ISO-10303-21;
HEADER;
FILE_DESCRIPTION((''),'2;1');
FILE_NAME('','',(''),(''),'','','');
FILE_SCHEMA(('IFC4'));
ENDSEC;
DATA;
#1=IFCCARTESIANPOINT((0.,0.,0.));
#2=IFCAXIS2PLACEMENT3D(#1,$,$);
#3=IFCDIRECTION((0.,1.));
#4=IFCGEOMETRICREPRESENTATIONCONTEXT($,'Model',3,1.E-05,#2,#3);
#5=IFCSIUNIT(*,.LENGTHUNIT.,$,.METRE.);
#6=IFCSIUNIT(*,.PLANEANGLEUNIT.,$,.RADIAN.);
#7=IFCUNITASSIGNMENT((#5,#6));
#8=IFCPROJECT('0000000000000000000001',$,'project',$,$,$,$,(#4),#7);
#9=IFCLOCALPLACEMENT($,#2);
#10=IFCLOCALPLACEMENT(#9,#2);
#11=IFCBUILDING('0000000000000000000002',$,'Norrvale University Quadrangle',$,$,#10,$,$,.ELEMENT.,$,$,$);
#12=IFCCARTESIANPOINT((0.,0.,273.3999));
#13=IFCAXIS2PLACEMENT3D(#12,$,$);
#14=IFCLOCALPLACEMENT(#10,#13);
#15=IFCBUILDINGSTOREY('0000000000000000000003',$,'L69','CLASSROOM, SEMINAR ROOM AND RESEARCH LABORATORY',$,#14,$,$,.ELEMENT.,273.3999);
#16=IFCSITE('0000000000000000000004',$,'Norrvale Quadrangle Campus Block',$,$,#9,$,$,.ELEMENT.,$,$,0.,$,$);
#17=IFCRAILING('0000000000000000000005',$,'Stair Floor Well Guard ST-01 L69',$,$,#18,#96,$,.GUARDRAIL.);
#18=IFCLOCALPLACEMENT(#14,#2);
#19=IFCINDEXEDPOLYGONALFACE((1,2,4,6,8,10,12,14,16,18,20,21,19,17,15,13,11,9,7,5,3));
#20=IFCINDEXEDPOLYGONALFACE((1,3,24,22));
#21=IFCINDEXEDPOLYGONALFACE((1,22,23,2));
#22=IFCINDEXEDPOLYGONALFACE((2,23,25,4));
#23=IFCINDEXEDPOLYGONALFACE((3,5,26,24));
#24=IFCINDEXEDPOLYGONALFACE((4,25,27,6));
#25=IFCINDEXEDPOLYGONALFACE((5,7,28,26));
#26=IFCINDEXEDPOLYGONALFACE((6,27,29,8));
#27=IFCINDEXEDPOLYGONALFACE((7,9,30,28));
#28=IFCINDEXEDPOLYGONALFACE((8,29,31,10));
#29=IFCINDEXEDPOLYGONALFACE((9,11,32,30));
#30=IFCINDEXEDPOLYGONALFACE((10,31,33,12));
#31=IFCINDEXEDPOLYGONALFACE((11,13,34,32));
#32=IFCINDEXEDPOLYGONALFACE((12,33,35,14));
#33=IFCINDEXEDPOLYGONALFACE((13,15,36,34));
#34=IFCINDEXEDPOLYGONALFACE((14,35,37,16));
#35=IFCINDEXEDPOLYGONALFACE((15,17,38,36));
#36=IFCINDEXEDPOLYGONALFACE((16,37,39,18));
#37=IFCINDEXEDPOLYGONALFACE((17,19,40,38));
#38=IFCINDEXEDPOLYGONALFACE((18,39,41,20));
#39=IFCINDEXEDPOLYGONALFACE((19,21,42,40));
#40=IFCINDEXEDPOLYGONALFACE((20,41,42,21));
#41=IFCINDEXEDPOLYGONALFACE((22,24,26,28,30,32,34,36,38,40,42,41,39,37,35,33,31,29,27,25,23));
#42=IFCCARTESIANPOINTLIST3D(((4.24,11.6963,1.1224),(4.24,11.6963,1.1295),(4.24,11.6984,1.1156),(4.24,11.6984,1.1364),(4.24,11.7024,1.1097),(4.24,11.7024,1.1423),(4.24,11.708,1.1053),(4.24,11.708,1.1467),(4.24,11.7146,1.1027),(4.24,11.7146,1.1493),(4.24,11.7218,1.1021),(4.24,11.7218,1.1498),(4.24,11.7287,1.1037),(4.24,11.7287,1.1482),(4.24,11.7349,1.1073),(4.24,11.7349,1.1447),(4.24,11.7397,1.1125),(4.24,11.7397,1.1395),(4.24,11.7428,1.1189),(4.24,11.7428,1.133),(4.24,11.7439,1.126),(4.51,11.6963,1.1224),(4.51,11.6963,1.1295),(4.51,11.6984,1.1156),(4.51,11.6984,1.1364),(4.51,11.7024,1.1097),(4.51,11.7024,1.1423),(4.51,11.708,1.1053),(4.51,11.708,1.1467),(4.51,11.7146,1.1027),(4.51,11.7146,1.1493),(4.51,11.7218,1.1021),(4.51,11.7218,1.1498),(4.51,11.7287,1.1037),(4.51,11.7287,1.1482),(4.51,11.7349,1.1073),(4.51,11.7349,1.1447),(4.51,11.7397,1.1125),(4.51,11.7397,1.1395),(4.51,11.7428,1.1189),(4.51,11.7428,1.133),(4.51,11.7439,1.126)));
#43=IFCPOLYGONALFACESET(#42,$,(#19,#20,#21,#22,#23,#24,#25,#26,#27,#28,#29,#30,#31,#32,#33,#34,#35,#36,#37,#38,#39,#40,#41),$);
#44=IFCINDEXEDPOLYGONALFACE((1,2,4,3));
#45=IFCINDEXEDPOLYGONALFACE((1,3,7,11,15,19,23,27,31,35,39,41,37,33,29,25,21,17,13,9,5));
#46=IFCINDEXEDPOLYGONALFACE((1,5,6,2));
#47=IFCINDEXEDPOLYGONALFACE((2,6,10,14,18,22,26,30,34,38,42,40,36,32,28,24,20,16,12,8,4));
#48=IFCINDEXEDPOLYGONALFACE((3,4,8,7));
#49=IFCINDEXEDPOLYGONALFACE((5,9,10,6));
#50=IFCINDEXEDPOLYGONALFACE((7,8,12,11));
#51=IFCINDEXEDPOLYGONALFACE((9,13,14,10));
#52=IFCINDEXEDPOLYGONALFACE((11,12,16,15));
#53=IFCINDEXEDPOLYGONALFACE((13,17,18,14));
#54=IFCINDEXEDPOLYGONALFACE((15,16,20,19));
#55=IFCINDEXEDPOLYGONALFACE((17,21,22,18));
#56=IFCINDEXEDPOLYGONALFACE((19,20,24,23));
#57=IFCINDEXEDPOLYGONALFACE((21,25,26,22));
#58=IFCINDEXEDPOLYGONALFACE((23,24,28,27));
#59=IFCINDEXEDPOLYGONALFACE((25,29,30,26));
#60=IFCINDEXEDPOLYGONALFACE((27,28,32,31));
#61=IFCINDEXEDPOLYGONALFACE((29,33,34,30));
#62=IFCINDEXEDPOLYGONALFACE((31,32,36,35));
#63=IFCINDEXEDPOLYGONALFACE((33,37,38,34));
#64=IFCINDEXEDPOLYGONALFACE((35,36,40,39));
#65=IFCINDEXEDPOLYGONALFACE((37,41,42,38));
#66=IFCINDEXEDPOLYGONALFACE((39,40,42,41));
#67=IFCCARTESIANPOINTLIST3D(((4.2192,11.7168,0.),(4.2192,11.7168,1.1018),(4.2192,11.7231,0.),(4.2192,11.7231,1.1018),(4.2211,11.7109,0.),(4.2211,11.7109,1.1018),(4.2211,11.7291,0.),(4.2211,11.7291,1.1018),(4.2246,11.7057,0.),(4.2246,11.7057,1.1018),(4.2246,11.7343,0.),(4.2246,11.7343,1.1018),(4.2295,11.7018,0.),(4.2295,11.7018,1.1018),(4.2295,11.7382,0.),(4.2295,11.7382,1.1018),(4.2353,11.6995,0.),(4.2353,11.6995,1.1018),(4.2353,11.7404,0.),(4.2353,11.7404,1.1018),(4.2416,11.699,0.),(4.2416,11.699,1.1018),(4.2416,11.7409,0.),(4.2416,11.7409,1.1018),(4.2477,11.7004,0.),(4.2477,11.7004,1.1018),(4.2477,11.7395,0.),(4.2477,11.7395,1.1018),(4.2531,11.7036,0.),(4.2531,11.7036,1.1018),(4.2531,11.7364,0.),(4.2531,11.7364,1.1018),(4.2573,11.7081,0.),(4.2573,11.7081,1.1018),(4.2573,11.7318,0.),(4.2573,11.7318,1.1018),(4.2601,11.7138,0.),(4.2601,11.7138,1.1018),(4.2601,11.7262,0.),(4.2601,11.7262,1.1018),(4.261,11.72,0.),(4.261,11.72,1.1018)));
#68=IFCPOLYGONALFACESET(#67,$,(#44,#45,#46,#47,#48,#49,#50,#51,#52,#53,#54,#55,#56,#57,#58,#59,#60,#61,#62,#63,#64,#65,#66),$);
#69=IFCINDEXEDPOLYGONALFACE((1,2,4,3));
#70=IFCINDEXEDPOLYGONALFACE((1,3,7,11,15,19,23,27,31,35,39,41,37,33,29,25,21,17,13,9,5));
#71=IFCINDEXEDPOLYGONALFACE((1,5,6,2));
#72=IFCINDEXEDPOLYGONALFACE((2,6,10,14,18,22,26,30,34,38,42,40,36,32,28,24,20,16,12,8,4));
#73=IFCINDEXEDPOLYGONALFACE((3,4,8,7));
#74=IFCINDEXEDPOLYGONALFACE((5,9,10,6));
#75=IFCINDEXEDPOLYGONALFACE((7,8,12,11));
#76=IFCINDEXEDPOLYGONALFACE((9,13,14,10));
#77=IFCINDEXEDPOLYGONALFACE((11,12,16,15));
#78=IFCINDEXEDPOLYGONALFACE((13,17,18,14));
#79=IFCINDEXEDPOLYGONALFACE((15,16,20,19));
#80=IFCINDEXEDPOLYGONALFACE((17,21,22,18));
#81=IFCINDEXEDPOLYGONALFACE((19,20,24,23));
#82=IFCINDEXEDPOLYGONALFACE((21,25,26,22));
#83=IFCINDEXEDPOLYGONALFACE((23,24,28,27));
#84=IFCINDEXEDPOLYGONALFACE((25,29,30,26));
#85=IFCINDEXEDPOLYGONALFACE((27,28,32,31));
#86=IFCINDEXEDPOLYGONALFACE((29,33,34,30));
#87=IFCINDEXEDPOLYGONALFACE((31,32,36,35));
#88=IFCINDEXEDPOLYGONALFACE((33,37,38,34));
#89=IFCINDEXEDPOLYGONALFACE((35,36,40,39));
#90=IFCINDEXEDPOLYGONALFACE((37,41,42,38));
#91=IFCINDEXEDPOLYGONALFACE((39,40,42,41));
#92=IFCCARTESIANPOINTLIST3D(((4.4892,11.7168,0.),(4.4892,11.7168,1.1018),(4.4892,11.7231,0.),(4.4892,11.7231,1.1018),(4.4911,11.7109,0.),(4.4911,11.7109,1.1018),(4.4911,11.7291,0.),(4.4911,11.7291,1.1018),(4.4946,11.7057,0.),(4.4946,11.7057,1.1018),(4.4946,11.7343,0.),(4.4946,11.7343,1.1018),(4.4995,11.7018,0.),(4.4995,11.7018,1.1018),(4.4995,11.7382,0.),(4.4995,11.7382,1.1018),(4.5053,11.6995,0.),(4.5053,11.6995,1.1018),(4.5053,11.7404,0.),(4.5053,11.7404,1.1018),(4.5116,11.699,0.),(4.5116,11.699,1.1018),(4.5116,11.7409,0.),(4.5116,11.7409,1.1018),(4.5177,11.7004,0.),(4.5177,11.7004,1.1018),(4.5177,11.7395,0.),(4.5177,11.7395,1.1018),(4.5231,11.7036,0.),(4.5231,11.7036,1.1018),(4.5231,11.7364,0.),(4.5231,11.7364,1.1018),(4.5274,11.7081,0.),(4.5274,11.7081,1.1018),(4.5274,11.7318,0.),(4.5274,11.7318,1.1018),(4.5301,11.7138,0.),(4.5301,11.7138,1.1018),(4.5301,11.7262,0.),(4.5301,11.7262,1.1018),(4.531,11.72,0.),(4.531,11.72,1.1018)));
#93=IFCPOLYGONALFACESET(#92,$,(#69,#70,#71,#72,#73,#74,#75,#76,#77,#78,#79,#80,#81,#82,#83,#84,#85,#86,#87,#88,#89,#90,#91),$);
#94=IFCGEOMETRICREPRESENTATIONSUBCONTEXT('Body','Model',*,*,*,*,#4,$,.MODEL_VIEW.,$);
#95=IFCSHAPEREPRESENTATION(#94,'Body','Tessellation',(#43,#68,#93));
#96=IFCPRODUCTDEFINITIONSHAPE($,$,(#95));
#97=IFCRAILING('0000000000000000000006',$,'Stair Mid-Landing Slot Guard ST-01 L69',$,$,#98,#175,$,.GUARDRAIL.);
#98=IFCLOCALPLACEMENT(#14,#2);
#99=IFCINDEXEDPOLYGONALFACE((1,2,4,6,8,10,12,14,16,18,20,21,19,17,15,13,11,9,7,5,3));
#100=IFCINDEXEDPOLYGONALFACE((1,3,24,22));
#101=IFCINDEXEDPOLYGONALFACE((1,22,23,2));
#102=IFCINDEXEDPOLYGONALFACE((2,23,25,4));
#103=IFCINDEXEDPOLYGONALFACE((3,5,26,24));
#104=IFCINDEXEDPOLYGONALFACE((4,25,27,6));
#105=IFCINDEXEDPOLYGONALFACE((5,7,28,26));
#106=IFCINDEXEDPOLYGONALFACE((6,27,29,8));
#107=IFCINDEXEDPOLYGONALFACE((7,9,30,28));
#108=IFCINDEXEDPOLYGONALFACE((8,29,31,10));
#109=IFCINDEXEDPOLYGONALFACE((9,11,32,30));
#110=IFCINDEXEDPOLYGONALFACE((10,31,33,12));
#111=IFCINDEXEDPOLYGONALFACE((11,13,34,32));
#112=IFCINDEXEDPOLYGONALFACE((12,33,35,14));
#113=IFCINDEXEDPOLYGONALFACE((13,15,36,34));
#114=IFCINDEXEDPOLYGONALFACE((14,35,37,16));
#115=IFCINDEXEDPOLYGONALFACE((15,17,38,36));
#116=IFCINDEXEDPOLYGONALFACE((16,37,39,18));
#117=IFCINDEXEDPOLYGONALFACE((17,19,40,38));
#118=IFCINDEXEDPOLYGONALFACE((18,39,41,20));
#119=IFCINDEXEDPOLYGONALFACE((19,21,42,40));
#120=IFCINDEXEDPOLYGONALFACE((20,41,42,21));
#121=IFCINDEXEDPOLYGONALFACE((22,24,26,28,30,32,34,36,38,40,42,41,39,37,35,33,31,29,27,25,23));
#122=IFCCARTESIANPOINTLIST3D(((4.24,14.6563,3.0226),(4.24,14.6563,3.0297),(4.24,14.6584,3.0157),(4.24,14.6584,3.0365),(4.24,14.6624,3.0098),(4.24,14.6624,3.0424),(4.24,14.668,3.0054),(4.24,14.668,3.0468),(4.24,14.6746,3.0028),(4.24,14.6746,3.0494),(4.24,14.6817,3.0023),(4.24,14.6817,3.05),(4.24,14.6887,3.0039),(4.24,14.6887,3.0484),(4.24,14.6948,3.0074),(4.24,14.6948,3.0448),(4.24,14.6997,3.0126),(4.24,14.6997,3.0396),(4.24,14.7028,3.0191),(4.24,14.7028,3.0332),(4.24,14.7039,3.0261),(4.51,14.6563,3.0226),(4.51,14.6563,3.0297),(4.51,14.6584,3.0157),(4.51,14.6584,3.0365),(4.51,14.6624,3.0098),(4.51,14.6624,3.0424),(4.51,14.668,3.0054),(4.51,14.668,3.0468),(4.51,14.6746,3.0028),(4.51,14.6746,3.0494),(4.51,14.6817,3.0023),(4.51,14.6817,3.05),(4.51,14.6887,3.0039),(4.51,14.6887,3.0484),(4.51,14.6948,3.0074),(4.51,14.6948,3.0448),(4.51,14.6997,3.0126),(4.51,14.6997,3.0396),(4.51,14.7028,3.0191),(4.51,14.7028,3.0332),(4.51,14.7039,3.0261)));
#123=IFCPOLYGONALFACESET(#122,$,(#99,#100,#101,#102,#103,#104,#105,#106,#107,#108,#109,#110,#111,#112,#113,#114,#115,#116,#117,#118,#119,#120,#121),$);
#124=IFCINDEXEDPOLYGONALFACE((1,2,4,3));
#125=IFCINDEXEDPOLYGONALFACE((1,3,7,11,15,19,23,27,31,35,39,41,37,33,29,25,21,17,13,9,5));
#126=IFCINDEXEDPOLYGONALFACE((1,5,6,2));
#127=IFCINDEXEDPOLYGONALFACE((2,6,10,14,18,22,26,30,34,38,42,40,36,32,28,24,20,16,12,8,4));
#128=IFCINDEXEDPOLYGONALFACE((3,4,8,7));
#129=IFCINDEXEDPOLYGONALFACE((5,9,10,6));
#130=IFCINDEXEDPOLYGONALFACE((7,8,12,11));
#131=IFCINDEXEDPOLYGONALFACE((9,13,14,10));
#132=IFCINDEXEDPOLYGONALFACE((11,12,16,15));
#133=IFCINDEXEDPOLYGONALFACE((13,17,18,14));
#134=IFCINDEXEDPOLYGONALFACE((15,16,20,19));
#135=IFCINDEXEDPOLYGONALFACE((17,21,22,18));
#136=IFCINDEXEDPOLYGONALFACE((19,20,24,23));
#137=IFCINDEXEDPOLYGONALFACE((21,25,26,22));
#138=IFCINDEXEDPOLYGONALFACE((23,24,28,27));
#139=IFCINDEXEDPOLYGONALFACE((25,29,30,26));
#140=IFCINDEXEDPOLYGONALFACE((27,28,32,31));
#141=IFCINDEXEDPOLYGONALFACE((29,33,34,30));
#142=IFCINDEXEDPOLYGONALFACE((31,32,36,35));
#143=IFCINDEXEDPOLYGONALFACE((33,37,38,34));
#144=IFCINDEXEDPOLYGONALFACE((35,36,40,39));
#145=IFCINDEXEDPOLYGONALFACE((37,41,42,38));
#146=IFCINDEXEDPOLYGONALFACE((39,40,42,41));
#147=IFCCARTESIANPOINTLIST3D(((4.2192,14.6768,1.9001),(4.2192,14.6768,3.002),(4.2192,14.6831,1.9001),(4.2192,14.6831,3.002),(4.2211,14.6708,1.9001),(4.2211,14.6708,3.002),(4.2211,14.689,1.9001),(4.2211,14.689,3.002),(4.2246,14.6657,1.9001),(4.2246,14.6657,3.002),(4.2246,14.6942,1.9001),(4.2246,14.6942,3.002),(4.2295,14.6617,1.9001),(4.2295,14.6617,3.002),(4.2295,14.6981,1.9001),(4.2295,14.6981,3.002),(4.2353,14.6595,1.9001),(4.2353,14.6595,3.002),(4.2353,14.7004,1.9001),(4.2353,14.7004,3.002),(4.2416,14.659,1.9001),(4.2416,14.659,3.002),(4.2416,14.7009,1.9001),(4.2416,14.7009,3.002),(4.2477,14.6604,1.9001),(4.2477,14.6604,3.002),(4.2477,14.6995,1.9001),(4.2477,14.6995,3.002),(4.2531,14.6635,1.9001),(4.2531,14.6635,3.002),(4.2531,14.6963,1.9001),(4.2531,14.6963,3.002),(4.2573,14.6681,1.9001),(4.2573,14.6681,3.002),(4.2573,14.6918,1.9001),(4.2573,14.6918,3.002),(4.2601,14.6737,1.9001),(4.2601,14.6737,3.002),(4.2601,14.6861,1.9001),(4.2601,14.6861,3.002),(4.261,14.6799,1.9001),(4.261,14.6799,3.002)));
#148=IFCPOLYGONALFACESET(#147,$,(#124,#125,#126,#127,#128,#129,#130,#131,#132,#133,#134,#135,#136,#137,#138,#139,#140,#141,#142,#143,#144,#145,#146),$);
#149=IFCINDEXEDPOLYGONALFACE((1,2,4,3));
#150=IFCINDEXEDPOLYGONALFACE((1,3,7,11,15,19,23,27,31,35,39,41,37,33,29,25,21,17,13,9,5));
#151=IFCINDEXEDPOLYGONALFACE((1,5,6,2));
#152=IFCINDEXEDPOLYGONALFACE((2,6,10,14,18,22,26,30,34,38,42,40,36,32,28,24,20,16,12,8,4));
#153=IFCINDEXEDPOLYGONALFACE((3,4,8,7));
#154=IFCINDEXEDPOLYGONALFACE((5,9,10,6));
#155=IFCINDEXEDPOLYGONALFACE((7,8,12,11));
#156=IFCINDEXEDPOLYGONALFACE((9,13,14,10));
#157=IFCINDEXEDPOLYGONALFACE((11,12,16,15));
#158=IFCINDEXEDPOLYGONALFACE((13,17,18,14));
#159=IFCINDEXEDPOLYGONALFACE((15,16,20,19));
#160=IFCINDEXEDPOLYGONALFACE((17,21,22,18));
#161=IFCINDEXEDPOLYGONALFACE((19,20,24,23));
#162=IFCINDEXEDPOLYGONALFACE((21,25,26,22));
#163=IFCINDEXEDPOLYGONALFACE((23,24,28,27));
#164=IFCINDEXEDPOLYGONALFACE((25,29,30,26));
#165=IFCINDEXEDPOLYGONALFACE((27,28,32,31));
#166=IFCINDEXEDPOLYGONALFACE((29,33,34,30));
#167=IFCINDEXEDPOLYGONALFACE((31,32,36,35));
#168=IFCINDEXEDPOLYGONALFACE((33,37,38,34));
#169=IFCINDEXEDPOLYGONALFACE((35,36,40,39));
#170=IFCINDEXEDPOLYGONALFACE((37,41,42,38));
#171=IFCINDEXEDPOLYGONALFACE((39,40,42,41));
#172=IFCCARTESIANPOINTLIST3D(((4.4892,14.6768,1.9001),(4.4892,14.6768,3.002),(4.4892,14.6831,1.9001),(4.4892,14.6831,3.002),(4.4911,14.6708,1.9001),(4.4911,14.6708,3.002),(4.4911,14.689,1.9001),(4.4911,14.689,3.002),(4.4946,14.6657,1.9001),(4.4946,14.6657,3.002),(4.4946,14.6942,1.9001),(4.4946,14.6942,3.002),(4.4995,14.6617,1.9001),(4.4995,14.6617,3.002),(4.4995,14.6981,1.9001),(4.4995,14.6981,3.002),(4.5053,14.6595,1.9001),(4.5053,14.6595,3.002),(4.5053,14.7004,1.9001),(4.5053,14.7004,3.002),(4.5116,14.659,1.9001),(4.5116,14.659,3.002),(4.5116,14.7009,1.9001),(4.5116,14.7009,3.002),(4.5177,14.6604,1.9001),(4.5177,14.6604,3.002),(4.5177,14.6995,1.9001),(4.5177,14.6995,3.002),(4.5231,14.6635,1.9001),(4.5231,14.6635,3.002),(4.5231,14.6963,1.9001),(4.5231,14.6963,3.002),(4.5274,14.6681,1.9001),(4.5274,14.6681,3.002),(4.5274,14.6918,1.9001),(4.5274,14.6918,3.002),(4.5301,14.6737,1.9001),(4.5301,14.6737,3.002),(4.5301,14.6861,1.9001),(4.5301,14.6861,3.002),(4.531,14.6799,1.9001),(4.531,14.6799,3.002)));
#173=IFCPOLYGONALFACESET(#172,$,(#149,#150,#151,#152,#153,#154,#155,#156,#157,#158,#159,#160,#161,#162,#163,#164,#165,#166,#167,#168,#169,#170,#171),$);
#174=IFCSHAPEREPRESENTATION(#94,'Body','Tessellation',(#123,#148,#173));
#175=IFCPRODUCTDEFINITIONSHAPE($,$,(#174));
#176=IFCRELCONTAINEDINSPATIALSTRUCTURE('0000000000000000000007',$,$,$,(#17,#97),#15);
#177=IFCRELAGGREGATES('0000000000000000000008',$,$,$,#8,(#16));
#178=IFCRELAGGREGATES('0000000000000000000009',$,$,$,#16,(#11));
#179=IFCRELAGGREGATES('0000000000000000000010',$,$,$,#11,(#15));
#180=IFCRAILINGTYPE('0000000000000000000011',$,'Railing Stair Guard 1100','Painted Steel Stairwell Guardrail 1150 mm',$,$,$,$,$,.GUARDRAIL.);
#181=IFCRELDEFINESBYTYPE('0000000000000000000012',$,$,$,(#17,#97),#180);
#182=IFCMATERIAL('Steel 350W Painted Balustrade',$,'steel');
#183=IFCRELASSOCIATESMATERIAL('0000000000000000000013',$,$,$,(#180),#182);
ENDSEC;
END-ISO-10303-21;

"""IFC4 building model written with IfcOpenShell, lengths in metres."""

from ifc_helpers import new_model, si_unit, direction, frame, origin, origin_2d, place, context, subcontext, project, spatial, circle, extrude, material, type_object, element, save


model = new_model("IFC4")

# Units and contexts
model_context = context("Model", 3, precision=1e-05, world=origin(), true_north=direction((0.0, 1.0)))
body_context = subcontext(model_context, "Body", "Model", "MODEL_VIEW")
ifc_project = project(units=[si_unit("LENGTHUNIT", "METRE"), si_unit("PLANEANGLEUNIT", "RADIAN")], contexts=[model_context])

# Site, building, storey
site_placement = place(None, origin())
site = spatial("IfcSite", under=ifc_project, at=site_placement, Name="Norrvale Quadrangle Campus Block", CompositionType="ELEMENT", RefElevation=0.0)
building_placement = place(site_placement, origin())
building = spatial("IfcBuilding", under=site, at=building_placement, Name="Norrvale University Quadrangle", CompositionType="ELEMENT")
storey_placement = place(building_placement, frame((0.0, 0.0, 273.3999)))
storey = spatial("IfcBuildingStorey", under=building, at=storey_placement, Name="L69", Description="CLASSROOM, SEMINAR ROOM AND RESEARCH LABORATORY", CompositionType="ELEMENT", Elevation=273.3999)

# Railings
ifc_material_1 = material(Name="Steel 350W Painted Balustrade", Category="steel")
railing_type_1 = type_object("IfcRailingType", Name="Railing Stair Guard 1100", Description="Painted Steel Stairwell Guardrail 1150 mm", PredefinedType="GUARDRAIL", material=ifc_material_1)
for number, where, name in (
    (1, (4.24, 11.72, 0.0), "Stair Floor Well Guard ST-01 L69"),
    (2, (4.24, 14.6799, 1.9001), "Stair Mid-Landing Slot Guard ST-01 L69"),
):
    element("IfcRailing", number, at=place(storey_placement, frame(where)), inside=storey, type_object=railing_type_1, Name=name, PredefinedType="GUARDRAIL", context=body_context, shape_type="SweptSolid", body=[
        extrude(circle(Radius=0.0239, at=origin_2d()), frame((0.0, 0.0, 1.126), z_axis=(1.0, 0.0, 0.0), x_axis=(0.0, 1.0, 0.0)), (0.0, 0.0, 1.0), 0.27),
        extrude(circle(Radius=0.021, at=origin_2d()), origin(), (0.0, 0.0, 1.0), 1.1018),
        extrude(circle(Radius=0.021, at=origin_2d()), frame((0.27, 0.0, 0.0)), (0.0, 0.0, 1.0), 1.1018),
    ])

save(model, "model.ifc")
